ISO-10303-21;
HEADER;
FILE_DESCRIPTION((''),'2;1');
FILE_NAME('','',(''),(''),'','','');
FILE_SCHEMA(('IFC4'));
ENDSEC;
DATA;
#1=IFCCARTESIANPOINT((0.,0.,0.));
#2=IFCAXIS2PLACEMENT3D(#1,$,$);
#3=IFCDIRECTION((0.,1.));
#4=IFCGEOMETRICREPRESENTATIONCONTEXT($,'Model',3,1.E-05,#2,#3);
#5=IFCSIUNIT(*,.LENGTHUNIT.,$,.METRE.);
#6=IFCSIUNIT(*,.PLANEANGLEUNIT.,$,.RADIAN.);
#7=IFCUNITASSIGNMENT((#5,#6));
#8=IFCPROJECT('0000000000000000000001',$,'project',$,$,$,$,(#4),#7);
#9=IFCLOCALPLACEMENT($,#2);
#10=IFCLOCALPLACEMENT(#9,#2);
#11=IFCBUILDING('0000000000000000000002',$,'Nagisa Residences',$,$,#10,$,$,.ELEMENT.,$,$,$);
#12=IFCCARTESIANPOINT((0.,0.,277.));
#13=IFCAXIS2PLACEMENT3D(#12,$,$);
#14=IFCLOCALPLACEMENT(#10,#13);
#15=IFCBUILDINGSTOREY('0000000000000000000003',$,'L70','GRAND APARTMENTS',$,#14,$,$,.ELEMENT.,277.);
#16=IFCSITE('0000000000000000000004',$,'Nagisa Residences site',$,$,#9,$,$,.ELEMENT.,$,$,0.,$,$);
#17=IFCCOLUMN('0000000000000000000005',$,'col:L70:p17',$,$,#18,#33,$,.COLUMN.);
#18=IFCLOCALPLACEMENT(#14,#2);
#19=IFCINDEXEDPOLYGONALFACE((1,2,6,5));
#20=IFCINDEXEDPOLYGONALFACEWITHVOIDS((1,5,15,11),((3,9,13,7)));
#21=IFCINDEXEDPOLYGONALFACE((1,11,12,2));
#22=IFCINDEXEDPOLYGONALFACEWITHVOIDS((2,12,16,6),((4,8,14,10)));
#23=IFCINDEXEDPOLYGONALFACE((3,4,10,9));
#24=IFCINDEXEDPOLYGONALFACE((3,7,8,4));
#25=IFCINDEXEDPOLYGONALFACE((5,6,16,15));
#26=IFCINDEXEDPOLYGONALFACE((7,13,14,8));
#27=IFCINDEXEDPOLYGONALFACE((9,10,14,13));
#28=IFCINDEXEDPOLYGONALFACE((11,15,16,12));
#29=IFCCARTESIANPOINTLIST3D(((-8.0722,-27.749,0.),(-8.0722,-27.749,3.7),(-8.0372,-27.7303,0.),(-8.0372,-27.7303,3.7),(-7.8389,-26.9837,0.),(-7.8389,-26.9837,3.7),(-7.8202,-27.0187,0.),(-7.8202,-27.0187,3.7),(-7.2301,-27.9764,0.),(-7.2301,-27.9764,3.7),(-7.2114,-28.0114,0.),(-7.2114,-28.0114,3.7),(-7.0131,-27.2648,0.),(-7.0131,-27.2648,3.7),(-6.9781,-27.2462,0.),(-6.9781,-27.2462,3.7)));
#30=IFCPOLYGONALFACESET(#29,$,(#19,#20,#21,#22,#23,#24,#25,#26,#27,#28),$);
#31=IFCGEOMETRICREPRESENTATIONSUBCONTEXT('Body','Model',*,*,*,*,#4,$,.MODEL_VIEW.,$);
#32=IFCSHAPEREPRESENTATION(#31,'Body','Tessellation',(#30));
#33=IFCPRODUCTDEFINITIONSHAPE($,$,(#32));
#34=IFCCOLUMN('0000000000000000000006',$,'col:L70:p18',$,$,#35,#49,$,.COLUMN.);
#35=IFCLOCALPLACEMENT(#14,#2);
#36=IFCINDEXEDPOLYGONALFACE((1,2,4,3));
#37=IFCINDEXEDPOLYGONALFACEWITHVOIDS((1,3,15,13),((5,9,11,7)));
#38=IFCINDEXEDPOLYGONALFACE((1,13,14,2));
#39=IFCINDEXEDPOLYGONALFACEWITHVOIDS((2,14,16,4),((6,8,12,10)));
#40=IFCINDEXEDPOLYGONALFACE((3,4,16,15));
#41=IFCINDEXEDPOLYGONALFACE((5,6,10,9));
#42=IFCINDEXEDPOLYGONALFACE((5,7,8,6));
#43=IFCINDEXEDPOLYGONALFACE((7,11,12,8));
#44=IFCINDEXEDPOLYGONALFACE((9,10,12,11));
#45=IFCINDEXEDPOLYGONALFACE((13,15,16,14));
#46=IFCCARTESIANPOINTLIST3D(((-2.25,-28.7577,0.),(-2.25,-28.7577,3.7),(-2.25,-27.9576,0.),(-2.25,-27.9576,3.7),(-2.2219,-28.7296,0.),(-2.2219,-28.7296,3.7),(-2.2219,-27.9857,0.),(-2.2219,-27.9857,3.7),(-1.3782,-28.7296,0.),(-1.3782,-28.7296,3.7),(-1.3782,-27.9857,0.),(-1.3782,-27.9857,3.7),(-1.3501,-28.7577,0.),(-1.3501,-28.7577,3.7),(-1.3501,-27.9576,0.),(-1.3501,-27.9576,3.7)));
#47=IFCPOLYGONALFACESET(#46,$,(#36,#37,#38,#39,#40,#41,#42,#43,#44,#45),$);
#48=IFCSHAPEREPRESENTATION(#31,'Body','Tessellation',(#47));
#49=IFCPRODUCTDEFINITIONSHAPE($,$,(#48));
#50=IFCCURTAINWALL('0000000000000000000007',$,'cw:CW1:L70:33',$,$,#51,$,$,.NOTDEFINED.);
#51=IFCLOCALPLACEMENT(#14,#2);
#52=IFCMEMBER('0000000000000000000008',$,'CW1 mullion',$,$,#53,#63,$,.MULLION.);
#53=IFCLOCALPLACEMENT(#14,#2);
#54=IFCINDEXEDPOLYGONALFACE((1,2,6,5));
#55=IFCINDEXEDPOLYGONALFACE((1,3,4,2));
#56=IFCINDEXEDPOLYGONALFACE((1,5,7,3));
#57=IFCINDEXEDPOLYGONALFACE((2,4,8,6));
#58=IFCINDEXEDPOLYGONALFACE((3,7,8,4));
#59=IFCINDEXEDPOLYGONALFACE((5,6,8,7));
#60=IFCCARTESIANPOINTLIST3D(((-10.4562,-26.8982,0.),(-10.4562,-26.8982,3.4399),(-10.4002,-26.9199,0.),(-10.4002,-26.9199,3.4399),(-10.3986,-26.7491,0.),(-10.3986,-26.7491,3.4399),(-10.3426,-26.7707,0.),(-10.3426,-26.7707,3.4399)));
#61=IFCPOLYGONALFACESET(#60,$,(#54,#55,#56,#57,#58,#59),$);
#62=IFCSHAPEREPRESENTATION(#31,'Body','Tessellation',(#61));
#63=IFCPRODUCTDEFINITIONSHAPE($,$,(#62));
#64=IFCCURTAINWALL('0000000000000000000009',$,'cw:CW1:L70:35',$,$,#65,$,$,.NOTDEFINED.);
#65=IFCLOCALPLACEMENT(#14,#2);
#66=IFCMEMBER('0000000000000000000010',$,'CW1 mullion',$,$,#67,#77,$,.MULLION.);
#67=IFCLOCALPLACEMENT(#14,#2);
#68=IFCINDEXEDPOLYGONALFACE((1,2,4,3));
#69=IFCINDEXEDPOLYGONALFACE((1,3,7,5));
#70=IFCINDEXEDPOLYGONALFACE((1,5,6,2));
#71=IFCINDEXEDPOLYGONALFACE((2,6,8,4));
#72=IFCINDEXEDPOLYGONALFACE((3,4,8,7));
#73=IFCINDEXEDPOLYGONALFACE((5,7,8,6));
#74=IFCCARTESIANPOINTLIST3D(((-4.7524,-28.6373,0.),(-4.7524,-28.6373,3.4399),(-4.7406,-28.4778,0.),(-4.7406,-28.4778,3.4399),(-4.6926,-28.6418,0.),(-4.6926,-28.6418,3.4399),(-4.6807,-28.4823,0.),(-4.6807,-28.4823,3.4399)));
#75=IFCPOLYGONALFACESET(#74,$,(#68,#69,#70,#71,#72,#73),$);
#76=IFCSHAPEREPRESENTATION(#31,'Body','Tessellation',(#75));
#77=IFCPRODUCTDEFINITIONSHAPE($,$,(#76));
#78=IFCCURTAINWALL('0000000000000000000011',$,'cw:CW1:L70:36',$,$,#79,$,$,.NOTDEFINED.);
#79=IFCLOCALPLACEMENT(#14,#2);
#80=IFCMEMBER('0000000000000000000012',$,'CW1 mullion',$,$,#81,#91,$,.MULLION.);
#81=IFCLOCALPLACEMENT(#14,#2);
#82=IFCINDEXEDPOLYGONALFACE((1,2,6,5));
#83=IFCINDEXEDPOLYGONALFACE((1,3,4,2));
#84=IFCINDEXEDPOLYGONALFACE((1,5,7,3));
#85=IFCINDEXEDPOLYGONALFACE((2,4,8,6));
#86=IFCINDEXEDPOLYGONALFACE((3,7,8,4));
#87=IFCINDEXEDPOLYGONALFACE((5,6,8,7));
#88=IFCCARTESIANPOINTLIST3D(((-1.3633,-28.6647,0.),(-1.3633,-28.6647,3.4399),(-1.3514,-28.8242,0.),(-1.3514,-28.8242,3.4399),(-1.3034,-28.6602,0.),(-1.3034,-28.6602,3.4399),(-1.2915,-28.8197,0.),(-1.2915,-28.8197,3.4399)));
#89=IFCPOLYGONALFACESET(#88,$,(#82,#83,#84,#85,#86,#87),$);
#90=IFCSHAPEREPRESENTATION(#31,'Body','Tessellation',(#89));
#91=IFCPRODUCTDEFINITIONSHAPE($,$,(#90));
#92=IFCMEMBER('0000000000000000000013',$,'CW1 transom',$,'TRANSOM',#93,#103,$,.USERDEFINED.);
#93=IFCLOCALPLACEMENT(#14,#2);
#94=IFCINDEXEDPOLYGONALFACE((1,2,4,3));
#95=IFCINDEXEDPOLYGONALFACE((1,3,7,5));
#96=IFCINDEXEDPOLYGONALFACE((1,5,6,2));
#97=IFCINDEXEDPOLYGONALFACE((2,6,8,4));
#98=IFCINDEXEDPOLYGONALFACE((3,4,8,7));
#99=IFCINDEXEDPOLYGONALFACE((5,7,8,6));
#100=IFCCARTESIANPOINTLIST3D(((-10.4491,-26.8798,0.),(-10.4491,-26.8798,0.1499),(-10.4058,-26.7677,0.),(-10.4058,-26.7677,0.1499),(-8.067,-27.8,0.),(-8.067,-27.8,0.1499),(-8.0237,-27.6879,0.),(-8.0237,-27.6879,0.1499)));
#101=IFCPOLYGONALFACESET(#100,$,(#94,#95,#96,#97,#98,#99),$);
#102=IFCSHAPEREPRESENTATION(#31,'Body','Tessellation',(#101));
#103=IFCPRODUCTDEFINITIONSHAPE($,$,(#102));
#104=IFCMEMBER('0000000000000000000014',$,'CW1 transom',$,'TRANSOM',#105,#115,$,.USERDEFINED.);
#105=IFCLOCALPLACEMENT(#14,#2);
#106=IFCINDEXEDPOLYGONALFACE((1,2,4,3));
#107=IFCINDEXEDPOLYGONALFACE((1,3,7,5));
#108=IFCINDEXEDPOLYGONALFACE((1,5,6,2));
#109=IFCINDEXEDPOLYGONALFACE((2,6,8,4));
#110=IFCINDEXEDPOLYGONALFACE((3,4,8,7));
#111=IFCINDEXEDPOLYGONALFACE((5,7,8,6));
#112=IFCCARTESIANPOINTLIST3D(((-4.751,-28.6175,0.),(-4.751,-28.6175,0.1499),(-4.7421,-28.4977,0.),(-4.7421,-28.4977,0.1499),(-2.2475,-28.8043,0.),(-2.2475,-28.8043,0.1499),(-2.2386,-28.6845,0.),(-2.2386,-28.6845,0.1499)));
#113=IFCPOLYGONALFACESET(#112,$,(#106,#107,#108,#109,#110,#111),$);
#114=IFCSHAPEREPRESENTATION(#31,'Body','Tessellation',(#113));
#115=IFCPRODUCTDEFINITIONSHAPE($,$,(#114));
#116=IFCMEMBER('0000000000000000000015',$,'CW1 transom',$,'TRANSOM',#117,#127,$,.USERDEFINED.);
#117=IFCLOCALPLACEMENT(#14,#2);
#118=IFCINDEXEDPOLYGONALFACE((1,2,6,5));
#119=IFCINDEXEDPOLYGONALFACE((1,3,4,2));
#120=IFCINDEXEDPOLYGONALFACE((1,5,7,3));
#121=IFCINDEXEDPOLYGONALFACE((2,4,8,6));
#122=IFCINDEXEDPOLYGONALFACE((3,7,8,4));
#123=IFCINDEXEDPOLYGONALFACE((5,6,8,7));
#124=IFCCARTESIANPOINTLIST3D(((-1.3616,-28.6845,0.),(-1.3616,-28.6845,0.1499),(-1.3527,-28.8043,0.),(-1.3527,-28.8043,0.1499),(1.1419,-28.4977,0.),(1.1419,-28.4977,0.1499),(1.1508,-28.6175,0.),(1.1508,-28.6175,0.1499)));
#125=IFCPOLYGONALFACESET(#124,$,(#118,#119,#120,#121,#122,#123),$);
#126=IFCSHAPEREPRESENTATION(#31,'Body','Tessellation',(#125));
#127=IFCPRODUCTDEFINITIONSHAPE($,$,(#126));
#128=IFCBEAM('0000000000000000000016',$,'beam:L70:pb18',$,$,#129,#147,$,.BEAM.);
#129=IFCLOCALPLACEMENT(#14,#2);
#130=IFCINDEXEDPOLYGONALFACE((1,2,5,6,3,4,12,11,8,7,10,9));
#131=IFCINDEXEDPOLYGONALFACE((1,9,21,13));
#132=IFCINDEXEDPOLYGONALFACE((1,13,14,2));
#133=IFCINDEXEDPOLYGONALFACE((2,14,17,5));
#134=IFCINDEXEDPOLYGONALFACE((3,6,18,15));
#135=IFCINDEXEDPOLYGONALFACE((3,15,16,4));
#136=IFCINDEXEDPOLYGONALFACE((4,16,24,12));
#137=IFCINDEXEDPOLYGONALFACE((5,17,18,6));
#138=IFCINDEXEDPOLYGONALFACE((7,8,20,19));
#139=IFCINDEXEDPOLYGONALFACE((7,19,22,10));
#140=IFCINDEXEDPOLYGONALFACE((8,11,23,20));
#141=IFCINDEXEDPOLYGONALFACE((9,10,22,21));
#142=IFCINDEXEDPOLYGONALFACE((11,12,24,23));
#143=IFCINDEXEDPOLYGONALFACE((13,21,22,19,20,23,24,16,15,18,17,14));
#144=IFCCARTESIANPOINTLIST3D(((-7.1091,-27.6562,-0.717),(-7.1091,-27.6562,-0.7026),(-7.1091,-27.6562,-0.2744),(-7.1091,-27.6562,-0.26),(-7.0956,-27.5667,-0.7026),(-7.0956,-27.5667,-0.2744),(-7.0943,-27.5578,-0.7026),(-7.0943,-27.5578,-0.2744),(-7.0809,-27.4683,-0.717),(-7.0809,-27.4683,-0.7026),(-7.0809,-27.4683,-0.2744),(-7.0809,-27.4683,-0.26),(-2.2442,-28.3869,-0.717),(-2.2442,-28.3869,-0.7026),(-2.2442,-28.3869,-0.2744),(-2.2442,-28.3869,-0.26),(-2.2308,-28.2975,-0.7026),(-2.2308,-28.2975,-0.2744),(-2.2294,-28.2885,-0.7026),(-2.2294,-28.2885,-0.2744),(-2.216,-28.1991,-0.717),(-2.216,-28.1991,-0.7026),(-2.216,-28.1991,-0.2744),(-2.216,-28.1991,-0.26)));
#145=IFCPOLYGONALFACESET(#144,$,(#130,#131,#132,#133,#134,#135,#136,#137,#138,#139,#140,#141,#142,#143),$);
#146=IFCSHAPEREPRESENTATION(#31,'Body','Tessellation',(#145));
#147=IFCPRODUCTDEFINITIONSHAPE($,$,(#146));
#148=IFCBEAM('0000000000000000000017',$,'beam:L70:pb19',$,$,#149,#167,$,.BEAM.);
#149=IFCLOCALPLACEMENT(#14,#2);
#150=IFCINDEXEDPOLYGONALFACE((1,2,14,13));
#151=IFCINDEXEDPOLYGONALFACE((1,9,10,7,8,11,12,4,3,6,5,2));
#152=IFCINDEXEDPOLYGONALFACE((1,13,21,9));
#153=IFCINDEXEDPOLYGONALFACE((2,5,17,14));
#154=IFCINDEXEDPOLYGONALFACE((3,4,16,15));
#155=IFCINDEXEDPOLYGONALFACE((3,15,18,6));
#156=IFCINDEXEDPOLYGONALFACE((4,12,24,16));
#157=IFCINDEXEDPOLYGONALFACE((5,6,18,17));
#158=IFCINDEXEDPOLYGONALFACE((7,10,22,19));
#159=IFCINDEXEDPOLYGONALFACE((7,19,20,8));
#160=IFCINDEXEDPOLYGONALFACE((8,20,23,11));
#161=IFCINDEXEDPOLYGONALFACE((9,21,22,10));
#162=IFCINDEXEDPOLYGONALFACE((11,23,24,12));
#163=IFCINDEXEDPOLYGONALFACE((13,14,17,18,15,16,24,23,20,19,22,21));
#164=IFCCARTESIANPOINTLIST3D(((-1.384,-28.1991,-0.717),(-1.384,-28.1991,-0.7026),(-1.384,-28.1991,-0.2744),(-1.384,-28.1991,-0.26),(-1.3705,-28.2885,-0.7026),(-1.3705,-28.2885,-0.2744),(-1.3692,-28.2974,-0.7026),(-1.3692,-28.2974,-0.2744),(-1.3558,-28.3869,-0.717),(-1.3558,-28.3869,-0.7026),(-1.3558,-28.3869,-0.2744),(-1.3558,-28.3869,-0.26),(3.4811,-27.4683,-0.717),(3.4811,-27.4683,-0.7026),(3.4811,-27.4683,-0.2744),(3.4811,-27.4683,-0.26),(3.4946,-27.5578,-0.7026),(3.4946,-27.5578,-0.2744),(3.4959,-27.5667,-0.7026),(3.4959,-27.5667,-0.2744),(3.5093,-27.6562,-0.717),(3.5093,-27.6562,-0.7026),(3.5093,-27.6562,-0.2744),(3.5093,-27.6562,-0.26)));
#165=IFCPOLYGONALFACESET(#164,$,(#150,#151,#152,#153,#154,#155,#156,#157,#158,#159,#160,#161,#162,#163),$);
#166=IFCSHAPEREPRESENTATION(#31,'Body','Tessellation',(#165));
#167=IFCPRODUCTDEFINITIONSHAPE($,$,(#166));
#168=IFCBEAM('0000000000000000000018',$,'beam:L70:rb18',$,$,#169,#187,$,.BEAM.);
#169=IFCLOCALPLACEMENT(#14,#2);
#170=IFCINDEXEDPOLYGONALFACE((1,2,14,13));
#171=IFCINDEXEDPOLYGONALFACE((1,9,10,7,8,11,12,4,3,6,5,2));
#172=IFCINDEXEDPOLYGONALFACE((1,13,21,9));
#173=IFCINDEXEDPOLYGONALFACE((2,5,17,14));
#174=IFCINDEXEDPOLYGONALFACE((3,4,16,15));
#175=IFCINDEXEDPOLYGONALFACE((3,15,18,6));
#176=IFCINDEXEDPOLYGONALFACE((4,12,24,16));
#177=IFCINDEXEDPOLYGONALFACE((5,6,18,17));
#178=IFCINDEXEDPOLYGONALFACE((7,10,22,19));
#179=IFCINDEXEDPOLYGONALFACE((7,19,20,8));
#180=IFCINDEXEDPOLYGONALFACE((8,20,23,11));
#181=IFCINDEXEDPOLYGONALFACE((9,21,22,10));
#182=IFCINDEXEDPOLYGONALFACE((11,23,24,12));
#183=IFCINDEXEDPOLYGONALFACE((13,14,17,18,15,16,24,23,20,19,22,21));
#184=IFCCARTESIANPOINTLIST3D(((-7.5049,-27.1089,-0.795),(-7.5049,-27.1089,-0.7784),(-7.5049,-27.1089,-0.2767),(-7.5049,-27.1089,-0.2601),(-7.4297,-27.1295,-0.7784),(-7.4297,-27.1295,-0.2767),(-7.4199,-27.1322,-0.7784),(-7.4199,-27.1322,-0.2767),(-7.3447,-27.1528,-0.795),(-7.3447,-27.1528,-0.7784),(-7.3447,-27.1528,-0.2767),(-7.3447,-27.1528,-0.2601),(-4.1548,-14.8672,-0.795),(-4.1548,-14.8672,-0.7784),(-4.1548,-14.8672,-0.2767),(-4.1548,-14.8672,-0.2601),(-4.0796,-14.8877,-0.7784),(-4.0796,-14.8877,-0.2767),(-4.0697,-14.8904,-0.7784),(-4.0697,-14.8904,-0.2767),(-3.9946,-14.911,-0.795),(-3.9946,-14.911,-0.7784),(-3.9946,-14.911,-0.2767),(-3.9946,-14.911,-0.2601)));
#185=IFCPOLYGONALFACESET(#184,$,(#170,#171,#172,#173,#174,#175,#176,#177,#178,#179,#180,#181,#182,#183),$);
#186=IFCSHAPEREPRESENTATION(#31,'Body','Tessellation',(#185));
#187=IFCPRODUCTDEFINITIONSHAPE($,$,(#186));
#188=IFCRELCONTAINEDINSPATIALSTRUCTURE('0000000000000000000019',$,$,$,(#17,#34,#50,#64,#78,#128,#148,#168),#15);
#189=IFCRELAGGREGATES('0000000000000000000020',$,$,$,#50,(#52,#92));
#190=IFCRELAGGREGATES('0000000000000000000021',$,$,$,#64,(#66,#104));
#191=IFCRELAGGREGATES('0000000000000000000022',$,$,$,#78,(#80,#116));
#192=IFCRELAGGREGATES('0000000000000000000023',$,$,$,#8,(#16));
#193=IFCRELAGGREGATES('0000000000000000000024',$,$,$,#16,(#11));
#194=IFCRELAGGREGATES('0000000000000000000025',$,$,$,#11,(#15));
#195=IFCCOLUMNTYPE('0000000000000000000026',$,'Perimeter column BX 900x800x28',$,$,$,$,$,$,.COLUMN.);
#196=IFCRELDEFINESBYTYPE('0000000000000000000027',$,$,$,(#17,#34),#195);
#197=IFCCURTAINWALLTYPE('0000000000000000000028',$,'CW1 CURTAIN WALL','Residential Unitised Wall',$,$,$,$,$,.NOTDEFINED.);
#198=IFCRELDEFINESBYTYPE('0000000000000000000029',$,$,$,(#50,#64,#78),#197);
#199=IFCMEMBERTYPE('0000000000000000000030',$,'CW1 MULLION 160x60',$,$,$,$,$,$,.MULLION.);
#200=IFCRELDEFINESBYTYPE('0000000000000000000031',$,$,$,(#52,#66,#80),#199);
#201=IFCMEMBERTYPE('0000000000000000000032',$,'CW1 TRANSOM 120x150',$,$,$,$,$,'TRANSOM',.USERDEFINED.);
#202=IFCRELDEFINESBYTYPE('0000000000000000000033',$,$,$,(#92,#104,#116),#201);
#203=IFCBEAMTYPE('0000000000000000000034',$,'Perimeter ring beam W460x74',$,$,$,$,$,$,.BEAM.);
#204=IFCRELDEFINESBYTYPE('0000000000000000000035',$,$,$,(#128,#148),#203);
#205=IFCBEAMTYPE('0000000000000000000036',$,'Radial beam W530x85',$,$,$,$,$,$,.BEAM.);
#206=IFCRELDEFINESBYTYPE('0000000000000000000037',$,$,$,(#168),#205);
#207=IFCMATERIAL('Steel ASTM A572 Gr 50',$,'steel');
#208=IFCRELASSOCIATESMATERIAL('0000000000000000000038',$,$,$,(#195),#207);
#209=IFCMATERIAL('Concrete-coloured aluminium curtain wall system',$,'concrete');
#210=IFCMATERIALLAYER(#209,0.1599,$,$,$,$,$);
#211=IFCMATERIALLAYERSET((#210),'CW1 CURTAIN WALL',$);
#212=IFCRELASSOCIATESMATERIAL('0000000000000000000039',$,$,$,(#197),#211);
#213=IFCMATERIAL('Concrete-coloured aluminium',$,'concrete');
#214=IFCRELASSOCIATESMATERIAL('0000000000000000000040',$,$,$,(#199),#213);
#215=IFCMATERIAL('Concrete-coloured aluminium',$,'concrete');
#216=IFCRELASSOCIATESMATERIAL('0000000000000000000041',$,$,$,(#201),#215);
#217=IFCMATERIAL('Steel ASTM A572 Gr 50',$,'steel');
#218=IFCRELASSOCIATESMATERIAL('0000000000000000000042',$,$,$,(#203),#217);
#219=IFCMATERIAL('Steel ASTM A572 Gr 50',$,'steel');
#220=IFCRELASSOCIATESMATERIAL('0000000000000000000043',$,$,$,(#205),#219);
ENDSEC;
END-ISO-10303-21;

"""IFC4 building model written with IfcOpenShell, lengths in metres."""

from ifc_helpers import new_model, si_unit, direction, frame, origin, origin_2d, place, context, subcontext, project, spatial, rectangle, hollow_rectangle, i_section, extrude, material, layer, layer_set, material_profile, profile_set, type_object, element, aggregate, save


model = new_model("IFC4")

# Units and contexts
model_context = context("Model", 3, precision=1e-05, world=origin(), true_north=direction((0.0, 1.0)))
body_context = subcontext(model_context, "Body", "Model", "MODEL_VIEW")
ifc_project = project(units=[si_unit("LENGTHUNIT", "METRE"), si_unit("PLANEANGLEUNIT", "RADIAN")], contexts=[model_context])

# Site, building, storey
site_placement = place(None, origin())
site = spatial("IfcSite", under=ifc_project, at=site_placement, Name="Nagisa Residences site", CompositionType="ELEMENT", RefElevation=0.0)
building_placement = place(site_placement, origin())
building = spatial("IfcBuilding", under=site, at=building_placement, Name="Nagisa Residences", CompositionType="ELEMENT")
storey_placement = place(building_placement, frame((0.0, 0.0, 277.0)))
storey = spatial("IfcBuildingStorey", under=building, at=storey_placement, Name="L70", Description="GRAND APARTMENTS", CompositionType="ELEMENT", Elevation=277.0)

# Columns
ifc_material_1 = material(Name="Steel ASTM A572 Gr 50", Category="steel")
ifc_material_profile_1 = material_profile(ifc_material_1, hollow_rectangle(XDim=0.8999, YDim=0.8, WallThickness=0.0281, at=origin_2d()), Name="BX 900x800x28")
ifc_profile_set_1 = profile_set([ifc_material_profile_1], Name="Steel ASTM A572 Gr 50")
column_type = type_object("IfcColumnType", Name="Perimeter column BX 900x800x28", PredefinedType="COLUMN", material=ifc_profile_set_1)
for number, where, z_axis, x_axis, name in (
    (1, (-7.5251, -27.4976, 0.0), (0.0, 0.0, 1.0), (0.956525, -0.291652, 0.0), "col:L70:p17"),
    (2, (-1.8, -28.3577, 0.0), (0.0, 0.0, 1.0), (1.0, 0.0, 0.0), "col:L70:p18"),
):
    element("IfcColumn", number, at=place(storey_placement, frame(where, z_axis=z_axis, x_axis=x_axis)), inside=storey, type_object=column_type, Name=name, PredefinedType="COLUMN", context=body_context, shape_type="SweptSolid", body=[
        extrude(hollow_rectangle(XDim=0.8999, YDim=0.8, WallThickness=0.0281, at=origin_2d()), origin(), (0.0, 0.0, 1.0), 3.7),
    ])

# Curtain walls, members
ifc_material_2 = material(Name="Concrete-coloured aluminium curtain wall system", Category="concrete")
ifc_layer_1 = layer(ifc_material_2, 0.1599)
ifc_layer_set_1 = layer_set([ifc_layer_1], Name="CW1 CURTAIN WALL")
curtain_wall_type = type_object("IfcCurtainWallType", Name="CW1 CURTAIN WALL", Description="Residential Unitised Wall", PredefinedType="NOTDEFINED", material=ifc_layer_set_1)
curtain_wall_1_placement = place(storey_placement, origin())
curtain_wall_1 = element("IfcCurtainWall", 3, at=curtain_wall_1_placement, inside=storey, type_object=curtain_wall_type, Name="cw:CW1:L70:33", PredefinedType="NOTDEFINED")
ifc_material_3 = material(Name="Concrete-coloured aluminium", Category="concrete")
ifc_material_profile_2 = material_profile(ifc_material_3, rectangle(XDim=0.1599, YDim=0.0601, at=origin_2d()), Name="CW1 MULLION 160x60")
ifc_profile_set_2 = profile_set([ifc_material_profile_2], Name="Concrete-coloured aluminium")
member_type_1 = type_object("IfcMemberType", Name="CW1 MULLION 160x60", PredefinedType="MULLION", material=ifc_profile_set_2)
member_1_placement = place(storey_placement, frame((-10.3994, -26.8345, 0.0), z_axis=(0.0, 0.0, 1.0), x_axis=(0.360328, 0.932826, 0.0)))
member_1 = element("IfcMember", 4, at=member_1_placement, type_object=member_type_1, Name="CW1 mullion", PredefinedType="MULLION", context=body_context, shape_type="SweptSolid", body=[
    extrude(rectangle(XDim=0.1599, YDim=0.0601, at=origin_2d()), origin(), (0.0, 0.0, 1.0), 3.4399),
])
curtain_wall_2_placement = place(storey_placement, origin())
curtain_wall_2 = element("IfcCurtainWall", 5, at=curtain_wall_2_placement, inside=storey, type_object=curtain_wall_type, Name="cw:CW1:L70:35", PredefinedType="NOTDEFINED")
member_2_placement = place(storey_placement, frame((-4.7166, -28.5598, 0.0), z_axis=(0.0, 0.0, 1.0), x_axis=(0.074377, 0.99723, 0.0)))
member_2 = element("IfcMember", 6, at=member_2_placement, type_object=member_type_1, Name="CW1 mullion", PredefinedType="MULLION", context=body_context, shape_type="SweptSolid", body=[
    extrude(rectangle(XDim=0.1599, YDim=0.0601, at=origin_2d()), origin(), (0.0, 0.0, 1.0), 3.4399),
])
curtain_wall_3_placement = place(storey_placement, origin())
curtain_wall_3 = element("IfcCurtainWall", 7, at=curtain_wall_3_placement, inside=storey, type_object=curtain_wall_type, Name="cw:CW1:L70:36", PredefinedType="NOTDEFINED")
member_3_placement = place(storey_placement, frame((-1.3274, -28.7422, 0.0), z_axis=(0.0, 0.0, 1.0), x_axis=(-0.074377, 0.99723, 0.0)))
member_3 = element("IfcMember", 8, at=member_3_placement, type_object=member_type_1, Name="CW1 mullion", PredefinedType="MULLION", context=body_context, shape_type="SweptSolid", body=[
    extrude(rectangle(XDim=0.1599, YDim=0.0601, at=origin_2d()), origin(), (0.0, 0.0, 1.0), 3.4399),
])

# Members
ifc_material_4 = material(Name="Concrete-coloured aluminium", Category="concrete")
ifc_material_profile_3 = material_profile(ifc_material_4, rectangle(XDim=0.1201, YDim=0.1499, at=origin_2d()), Name="CW1 TRANSOM 120x150")
ifc_profile_set_3 = profile_set([ifc_material_profile_3], Name="Concrete-coloured aluminium")
member_type_2 = type_object("IfcMemberType", Name="CW1 TRANSOM 120x150", ElementType="TRANSOM", PredefinedType="USERDEFINED", material=ifc_profile_set_3)
member_4_placement = place(storey_placement, frame((-10.4275, -26.8237, 0.075), z_axis=(0.932822, -0.360337, 0.0), x_axis=(0.360337, 0.932822, 0.0)))
member_4 = element("IfcMember", 9, at=member_4_placement, type_object=member_type_2, Name="CW1 transom", ObjectType="TRANSOM", PredefinedType="USERDEFINED", context=body_context, shape_type="SweptSolid", body=[
    extrude(rectangle(XDim=0.1201, YDim=0.1499, at=origin_2d()), origin(), (0.0, 0.0, 1.0), 2.5537),
])
member_5_placement = place(storey_placement, frame((-4.7466, -28.5576, 0.075), z_axis=(0.997229, -0.074391, 0.0), x_axis=(0.074391, 0.997229, 0.0)))
member_5 = element("IfcMember", 10, at=member_5_placement, type_object=member_type_2, Name="CW1 transom", ObjectType="TRANSOM", PredefinedType="USERDEFINED", context=body_context, shape_type="SweptSolid", body=[
    extrude(rectangle(XDim=0.1201, YDim=0.1499, at=origin_2d()), origin(), (0.0, 0.0, 1.0), 2.5105),
])
member_6_placement = place(storey_placement, frame((-1.3572, -28.7444, 0.075), z_axis=(0.997229, 0.074391, 0.0), x_axis=(-0.074391, 0.997229, 0.0)))
member_6 = element("IfcMember", 11, at=member_6_placement, type_object=member_type_2, Name="CW1 transom", ObjectType="TRANSOM", PredefinedType="USERDEFINED", context=body_context, shape_type="SweptSolid", body=[
    extrude(rectangle(XDim=0.1201, YDim=0.1499, at=origin_2d()), origin(), (0.0, 0.0, 1.0), 2.5105),
])

# Beams
ifc_material_5 = material(Name="Steel ASTM A572 Gr 50", Category="steel")
ifc_material_profile_4 = material_profile(ifc_material_5, i_section(OverallWidth=0.1899, OverallDepth=0.457, WebThickness=0.009, FlangeThickness=0.0144, at=origin_2d()), Name="W460x74")
ifc_profile_set_4 = profile_set([ifc_material_profile_4], Name="Steel ASTM A572 Gr 50")
beam_type_1 = type_object("IfcBeamType", Name="Perimeter ring beam W460x74", PredefinedType="BEAM", material=ifc_profile_set_4)
beam_1_placement = place(storey_placement, frame((-7.095, -27.5623, -0.4885), z_axis=(0.988906, -0.148539, 0.0), x_axis=(0.148539, 0.988906, 0.0)))
element("IfcBeam", 12, at=beam_1_placement, inside=storey, type_object=beam_type_1, Name="beam:L70:pb18", PredefinedType="BEAM", context=body_context, shape_type="SweptSolid", body=[
    extrude(i_section(OverallWidth=0.1899, OverallDepth=0.457, WebThickness=0.009, FlangeThickness=0.0144, at=origin_2d()), origin(), (0.0, 0.0, 1.0), 4.9194),
])
beam_2_placement = place(storey_placement, frame((-1.3699, -28.293, -0.4885), z_axis=(0.988908, 0.148532, 0.0), x_axis=(-0.148532, 0.988908, 0.0)))
element("IfcBeam", 13, at=beam_2_placement, inside=storey, type_object=beam_type_1, Name="beam:L70:pb19", PredefinedType="BEAM", context=body_context, shape_type="SweptSolid", body=[
    extrude(i_section(OverallWidth=0.1899, OverallDepth=0.457, WebThickness=0.009, FlangeThickness=0.0144, at=origin_2d()), origin(), (0.0, 0.0, 1.0), 4.9197),
])
ifc_material_6 = material(Name="Steel ASTM A572 Gr 50", Category="steel")
ifc_material_profile_5 = material_profile(ifc_material_6, i_section(OverallWidth=0.166, OverallDepth=0.5349, WebThickness=0.0103, FlangeThickness=0.0166, at=origin_2d()), Name="W530x85")
ifc_profile_set_5 = profile_set([ifc_material_profile_5], Name="Steel ASTM A572 Gr 50")
beam_type_2 = type_object("IfcBeamType", Name="Radial beam W530x85", PredefinedType="BEAM", material=ifc_profile_set_5)
beam_3_placement = place(storey_placement, frame((-7.4248, -27.1309, -0.5276), z_axis=(0.263957, 0.964534, 0.0), x_axis=(-0.964534, 0.263957, 0.0)))
element("IfcBeam", 14, at=beam_3_placement, inside=storey, type_object=beam_type_2, Name="beam:L70:rb18", PredefinedType="BEAM", context=body_context, shape_type="SweptSolid", body=[
    extrude(i_section(OverallWidth=0.166, OverallDepth=0.5349, WebThickness=0.0103, FlangeThickness=0.0166, at=origin_2d()), origin(), (0.0, 0.0, 1.0), 12.6919),
])

aggregate(curtain_wall_1, [member_1, member_4])
aggregate(curtain_wall_2, [member_2, member_5])
aggregate(curtain_wall_3, [member_3, member_6])

save(model, "model.ifc")
